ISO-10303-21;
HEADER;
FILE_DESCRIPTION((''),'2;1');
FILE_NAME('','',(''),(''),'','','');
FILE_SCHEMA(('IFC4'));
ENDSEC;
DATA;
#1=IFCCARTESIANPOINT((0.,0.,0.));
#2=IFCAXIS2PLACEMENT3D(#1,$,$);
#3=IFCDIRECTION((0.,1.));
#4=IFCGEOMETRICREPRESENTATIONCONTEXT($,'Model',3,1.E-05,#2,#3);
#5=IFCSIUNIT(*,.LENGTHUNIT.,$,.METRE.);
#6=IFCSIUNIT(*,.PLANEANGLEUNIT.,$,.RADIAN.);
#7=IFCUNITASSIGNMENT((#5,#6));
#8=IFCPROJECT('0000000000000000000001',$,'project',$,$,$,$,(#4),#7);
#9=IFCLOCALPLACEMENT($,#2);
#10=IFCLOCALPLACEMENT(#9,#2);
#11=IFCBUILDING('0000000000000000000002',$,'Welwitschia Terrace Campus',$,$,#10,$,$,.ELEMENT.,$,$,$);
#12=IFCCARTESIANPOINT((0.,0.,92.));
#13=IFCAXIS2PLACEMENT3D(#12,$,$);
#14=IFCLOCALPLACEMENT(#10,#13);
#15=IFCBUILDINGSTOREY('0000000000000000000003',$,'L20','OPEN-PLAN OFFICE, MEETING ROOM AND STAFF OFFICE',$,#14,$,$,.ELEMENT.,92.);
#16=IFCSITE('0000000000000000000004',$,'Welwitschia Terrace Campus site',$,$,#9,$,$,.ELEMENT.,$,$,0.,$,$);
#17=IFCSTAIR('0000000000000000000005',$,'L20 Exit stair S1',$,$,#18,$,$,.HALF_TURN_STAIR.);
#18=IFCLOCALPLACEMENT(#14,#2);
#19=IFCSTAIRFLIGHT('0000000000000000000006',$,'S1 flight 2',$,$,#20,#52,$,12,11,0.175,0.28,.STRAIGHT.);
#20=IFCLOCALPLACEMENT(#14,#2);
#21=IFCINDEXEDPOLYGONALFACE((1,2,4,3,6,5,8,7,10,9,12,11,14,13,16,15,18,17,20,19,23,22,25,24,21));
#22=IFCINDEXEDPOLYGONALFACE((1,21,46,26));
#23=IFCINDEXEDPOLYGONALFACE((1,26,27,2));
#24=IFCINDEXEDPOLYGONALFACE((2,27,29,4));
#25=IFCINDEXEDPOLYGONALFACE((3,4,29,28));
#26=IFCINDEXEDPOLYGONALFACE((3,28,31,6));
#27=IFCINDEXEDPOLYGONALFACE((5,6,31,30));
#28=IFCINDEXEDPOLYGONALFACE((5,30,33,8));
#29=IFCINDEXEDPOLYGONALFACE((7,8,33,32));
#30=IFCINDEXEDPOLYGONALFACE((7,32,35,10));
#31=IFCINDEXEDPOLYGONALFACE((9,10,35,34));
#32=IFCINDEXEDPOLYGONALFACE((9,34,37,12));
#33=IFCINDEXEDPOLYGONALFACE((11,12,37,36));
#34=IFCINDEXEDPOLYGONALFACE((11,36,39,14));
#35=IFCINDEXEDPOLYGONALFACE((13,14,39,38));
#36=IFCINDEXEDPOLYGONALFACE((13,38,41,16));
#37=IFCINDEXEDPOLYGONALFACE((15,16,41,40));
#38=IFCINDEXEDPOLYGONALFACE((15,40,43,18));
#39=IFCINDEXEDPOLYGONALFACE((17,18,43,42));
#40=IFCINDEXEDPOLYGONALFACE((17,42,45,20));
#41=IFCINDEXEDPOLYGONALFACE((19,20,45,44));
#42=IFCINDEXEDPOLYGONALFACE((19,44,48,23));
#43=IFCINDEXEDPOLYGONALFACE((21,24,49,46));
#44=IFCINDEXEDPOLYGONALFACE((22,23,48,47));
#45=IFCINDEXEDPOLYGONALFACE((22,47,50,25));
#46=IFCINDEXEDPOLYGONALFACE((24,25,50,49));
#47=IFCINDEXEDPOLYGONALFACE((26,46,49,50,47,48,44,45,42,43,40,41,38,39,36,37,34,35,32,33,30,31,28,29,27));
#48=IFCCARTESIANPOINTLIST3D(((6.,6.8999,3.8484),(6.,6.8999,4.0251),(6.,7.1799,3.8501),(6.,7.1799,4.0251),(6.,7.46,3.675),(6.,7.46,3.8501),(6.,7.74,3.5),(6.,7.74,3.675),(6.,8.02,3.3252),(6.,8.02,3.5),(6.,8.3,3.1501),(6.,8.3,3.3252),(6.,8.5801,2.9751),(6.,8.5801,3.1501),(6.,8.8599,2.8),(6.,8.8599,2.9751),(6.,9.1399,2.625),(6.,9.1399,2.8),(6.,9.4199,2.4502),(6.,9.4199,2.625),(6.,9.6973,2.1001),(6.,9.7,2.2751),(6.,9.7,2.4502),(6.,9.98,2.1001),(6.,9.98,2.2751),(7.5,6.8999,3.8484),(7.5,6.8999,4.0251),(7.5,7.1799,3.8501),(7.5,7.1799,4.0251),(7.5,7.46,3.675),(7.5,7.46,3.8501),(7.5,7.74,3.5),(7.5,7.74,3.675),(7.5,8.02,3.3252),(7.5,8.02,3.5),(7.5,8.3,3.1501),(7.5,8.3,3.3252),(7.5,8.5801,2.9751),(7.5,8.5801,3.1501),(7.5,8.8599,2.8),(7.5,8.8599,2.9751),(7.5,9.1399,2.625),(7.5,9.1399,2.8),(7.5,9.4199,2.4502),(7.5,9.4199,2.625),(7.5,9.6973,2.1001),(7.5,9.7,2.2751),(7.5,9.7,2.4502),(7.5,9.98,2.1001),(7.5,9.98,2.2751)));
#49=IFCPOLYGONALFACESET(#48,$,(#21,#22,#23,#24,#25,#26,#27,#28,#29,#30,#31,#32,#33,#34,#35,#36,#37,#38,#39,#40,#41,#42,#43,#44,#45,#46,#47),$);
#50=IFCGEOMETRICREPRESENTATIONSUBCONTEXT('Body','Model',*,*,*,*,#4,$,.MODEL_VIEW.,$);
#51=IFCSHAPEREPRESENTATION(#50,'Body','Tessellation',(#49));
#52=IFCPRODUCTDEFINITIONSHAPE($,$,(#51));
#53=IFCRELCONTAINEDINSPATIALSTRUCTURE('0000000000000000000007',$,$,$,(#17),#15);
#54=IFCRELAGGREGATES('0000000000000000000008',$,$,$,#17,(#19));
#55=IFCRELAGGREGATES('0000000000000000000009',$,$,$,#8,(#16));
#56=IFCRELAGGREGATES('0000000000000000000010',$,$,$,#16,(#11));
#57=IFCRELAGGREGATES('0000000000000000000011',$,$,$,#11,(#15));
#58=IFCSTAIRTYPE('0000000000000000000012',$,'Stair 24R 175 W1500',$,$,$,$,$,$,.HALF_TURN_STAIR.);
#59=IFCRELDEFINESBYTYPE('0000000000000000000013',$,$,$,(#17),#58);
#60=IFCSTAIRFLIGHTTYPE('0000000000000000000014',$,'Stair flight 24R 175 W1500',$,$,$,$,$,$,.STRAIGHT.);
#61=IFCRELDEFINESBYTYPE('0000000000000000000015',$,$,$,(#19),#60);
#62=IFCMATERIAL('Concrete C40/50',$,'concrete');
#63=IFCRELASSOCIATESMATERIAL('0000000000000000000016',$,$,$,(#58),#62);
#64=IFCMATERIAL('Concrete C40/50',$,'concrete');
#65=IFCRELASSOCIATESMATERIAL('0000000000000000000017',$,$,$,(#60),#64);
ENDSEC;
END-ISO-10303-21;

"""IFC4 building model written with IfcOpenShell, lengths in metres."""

from ifc_helpers import new_model, si_unit, direction, frame, origin, place, context, subcontext, project, spatial, polyline, outline, extrude, material, type_object, element, aggregate, save


model = new_model("IFC4")

# Units and contexts
model_context = context("Model", 3, precision=1e-05, world=origin(), true_north=direction((0.0, 1.0)))
body_context = subcontext(model_context, "Body", "Model", "MODEL_VIEW")
ifc_project = project(units=[si_unit("LENGTHUNIT", "METRE"), si_unit("PLANEANGLEUNIT", "RADIAN")], contexts=[model_context])

# Site, building, storey
site_placement = place(None, origin())
site = spatial("IfcSite", under=ifc_project, at=site_placement, Name="Welwitschia Terrace Campus site", CompositionType="ELEMENT", RefElevation=0.0)
building_placement = place(site_placement, origin())
building = spatial("IfcBuilding", under=site, at=building_placement, Name="Welwitschia Terrace Campus", CompositionType="ELEMENT")
storey_placement = place(building_placement, frame((0.0, 0.0, 92.0)))
storey = spatial("IfcBuildingStorey", under=building, at=storey_placement, Name="L20", Description="OPEN-PLAN OFFICE, MEETING ROOM AND STAFF OFFICE", CompositionType="ELEMENT", Elevation=92.0)

# Stair, stair flight
ifc_material_1 = material(Name="Concrete C40/50", Category="concrete")
stair_type = type_object("IfcStairType", Name="Stair 24R 175 W1500", PredefinedType="HALF_TURN_STAIR", material=ifc_material_1)
stair_placement = place(storey_placement, origin())
stair = element("IfcStair", 1, at=stair_placement, inside=storey, type_object=stair_type, Name="L20 Exit stair S1", PredefinedType="HALF_TURN_STAIR")
ifc_material_2 = material(Name="Concrete C40/50", Category="concrete")
stair_flight_type = type_object("IfcStairFlightType", Name="Stair flight 24R 175 W1500", PredefinedType="STRAIGHT", material=ifc_material_2)
stair_flight_1_placement = place(storey_placement, frame((6.75, 9.98, 2.1001), z_axis=(0.0, 0.0, 1.0), x_axis=(0.0, -1.0, 0.0)))
stair_flight_1 = element("IfcStairFlight", 2, at=stair_flight_1_placement, type_object=stair_flight_type, Name="S1 flight 2", NumberOfRisers=12, NumberOfTreads=11, PredefinedType="STRAIGHT", RiserHeight=0.175, TreadLength=0.28, context=body_context, shape_type="SweptSolid", body=[
    extrude(outline(polyline([(0.0, 0.0), (0.0, 0.175), (0.28, 0.175), (0.28, 0.3501), (0.5601, 0.3501), (0.5601, 0.5249), (0.8401, 0.5249), (0.8401, 0.7), (1.1201, 0.7), (1.1201, 0.875), (1.3999, 0.875), (1.3999, 1.05), (1.6799, 1.05), (1.6799, 1.2251), (1.96, 1.2251), (1.96, 1.3999), (2.24, 1.3999), (2.24, 1.575), (2.52, 1.575), (2.52, 1.75), (2.8, 1.75), (2.8, 1.925), (3.0801, 1.925), (3.0801, 2.1001), (3.0801, 1.7483), (0.2827, 0.0), (0.0, 0.0)])), frame((0.0, 0.75, 0.0), z_axis=(0.0, -1.0, 0.0), x_axis=(1.0, 0.0, 0.0)), (0.0, 0.0, 1.0), 1.5),
])
aggregate(stair, [stair_flight_1])

save(model, "model.ifc")
